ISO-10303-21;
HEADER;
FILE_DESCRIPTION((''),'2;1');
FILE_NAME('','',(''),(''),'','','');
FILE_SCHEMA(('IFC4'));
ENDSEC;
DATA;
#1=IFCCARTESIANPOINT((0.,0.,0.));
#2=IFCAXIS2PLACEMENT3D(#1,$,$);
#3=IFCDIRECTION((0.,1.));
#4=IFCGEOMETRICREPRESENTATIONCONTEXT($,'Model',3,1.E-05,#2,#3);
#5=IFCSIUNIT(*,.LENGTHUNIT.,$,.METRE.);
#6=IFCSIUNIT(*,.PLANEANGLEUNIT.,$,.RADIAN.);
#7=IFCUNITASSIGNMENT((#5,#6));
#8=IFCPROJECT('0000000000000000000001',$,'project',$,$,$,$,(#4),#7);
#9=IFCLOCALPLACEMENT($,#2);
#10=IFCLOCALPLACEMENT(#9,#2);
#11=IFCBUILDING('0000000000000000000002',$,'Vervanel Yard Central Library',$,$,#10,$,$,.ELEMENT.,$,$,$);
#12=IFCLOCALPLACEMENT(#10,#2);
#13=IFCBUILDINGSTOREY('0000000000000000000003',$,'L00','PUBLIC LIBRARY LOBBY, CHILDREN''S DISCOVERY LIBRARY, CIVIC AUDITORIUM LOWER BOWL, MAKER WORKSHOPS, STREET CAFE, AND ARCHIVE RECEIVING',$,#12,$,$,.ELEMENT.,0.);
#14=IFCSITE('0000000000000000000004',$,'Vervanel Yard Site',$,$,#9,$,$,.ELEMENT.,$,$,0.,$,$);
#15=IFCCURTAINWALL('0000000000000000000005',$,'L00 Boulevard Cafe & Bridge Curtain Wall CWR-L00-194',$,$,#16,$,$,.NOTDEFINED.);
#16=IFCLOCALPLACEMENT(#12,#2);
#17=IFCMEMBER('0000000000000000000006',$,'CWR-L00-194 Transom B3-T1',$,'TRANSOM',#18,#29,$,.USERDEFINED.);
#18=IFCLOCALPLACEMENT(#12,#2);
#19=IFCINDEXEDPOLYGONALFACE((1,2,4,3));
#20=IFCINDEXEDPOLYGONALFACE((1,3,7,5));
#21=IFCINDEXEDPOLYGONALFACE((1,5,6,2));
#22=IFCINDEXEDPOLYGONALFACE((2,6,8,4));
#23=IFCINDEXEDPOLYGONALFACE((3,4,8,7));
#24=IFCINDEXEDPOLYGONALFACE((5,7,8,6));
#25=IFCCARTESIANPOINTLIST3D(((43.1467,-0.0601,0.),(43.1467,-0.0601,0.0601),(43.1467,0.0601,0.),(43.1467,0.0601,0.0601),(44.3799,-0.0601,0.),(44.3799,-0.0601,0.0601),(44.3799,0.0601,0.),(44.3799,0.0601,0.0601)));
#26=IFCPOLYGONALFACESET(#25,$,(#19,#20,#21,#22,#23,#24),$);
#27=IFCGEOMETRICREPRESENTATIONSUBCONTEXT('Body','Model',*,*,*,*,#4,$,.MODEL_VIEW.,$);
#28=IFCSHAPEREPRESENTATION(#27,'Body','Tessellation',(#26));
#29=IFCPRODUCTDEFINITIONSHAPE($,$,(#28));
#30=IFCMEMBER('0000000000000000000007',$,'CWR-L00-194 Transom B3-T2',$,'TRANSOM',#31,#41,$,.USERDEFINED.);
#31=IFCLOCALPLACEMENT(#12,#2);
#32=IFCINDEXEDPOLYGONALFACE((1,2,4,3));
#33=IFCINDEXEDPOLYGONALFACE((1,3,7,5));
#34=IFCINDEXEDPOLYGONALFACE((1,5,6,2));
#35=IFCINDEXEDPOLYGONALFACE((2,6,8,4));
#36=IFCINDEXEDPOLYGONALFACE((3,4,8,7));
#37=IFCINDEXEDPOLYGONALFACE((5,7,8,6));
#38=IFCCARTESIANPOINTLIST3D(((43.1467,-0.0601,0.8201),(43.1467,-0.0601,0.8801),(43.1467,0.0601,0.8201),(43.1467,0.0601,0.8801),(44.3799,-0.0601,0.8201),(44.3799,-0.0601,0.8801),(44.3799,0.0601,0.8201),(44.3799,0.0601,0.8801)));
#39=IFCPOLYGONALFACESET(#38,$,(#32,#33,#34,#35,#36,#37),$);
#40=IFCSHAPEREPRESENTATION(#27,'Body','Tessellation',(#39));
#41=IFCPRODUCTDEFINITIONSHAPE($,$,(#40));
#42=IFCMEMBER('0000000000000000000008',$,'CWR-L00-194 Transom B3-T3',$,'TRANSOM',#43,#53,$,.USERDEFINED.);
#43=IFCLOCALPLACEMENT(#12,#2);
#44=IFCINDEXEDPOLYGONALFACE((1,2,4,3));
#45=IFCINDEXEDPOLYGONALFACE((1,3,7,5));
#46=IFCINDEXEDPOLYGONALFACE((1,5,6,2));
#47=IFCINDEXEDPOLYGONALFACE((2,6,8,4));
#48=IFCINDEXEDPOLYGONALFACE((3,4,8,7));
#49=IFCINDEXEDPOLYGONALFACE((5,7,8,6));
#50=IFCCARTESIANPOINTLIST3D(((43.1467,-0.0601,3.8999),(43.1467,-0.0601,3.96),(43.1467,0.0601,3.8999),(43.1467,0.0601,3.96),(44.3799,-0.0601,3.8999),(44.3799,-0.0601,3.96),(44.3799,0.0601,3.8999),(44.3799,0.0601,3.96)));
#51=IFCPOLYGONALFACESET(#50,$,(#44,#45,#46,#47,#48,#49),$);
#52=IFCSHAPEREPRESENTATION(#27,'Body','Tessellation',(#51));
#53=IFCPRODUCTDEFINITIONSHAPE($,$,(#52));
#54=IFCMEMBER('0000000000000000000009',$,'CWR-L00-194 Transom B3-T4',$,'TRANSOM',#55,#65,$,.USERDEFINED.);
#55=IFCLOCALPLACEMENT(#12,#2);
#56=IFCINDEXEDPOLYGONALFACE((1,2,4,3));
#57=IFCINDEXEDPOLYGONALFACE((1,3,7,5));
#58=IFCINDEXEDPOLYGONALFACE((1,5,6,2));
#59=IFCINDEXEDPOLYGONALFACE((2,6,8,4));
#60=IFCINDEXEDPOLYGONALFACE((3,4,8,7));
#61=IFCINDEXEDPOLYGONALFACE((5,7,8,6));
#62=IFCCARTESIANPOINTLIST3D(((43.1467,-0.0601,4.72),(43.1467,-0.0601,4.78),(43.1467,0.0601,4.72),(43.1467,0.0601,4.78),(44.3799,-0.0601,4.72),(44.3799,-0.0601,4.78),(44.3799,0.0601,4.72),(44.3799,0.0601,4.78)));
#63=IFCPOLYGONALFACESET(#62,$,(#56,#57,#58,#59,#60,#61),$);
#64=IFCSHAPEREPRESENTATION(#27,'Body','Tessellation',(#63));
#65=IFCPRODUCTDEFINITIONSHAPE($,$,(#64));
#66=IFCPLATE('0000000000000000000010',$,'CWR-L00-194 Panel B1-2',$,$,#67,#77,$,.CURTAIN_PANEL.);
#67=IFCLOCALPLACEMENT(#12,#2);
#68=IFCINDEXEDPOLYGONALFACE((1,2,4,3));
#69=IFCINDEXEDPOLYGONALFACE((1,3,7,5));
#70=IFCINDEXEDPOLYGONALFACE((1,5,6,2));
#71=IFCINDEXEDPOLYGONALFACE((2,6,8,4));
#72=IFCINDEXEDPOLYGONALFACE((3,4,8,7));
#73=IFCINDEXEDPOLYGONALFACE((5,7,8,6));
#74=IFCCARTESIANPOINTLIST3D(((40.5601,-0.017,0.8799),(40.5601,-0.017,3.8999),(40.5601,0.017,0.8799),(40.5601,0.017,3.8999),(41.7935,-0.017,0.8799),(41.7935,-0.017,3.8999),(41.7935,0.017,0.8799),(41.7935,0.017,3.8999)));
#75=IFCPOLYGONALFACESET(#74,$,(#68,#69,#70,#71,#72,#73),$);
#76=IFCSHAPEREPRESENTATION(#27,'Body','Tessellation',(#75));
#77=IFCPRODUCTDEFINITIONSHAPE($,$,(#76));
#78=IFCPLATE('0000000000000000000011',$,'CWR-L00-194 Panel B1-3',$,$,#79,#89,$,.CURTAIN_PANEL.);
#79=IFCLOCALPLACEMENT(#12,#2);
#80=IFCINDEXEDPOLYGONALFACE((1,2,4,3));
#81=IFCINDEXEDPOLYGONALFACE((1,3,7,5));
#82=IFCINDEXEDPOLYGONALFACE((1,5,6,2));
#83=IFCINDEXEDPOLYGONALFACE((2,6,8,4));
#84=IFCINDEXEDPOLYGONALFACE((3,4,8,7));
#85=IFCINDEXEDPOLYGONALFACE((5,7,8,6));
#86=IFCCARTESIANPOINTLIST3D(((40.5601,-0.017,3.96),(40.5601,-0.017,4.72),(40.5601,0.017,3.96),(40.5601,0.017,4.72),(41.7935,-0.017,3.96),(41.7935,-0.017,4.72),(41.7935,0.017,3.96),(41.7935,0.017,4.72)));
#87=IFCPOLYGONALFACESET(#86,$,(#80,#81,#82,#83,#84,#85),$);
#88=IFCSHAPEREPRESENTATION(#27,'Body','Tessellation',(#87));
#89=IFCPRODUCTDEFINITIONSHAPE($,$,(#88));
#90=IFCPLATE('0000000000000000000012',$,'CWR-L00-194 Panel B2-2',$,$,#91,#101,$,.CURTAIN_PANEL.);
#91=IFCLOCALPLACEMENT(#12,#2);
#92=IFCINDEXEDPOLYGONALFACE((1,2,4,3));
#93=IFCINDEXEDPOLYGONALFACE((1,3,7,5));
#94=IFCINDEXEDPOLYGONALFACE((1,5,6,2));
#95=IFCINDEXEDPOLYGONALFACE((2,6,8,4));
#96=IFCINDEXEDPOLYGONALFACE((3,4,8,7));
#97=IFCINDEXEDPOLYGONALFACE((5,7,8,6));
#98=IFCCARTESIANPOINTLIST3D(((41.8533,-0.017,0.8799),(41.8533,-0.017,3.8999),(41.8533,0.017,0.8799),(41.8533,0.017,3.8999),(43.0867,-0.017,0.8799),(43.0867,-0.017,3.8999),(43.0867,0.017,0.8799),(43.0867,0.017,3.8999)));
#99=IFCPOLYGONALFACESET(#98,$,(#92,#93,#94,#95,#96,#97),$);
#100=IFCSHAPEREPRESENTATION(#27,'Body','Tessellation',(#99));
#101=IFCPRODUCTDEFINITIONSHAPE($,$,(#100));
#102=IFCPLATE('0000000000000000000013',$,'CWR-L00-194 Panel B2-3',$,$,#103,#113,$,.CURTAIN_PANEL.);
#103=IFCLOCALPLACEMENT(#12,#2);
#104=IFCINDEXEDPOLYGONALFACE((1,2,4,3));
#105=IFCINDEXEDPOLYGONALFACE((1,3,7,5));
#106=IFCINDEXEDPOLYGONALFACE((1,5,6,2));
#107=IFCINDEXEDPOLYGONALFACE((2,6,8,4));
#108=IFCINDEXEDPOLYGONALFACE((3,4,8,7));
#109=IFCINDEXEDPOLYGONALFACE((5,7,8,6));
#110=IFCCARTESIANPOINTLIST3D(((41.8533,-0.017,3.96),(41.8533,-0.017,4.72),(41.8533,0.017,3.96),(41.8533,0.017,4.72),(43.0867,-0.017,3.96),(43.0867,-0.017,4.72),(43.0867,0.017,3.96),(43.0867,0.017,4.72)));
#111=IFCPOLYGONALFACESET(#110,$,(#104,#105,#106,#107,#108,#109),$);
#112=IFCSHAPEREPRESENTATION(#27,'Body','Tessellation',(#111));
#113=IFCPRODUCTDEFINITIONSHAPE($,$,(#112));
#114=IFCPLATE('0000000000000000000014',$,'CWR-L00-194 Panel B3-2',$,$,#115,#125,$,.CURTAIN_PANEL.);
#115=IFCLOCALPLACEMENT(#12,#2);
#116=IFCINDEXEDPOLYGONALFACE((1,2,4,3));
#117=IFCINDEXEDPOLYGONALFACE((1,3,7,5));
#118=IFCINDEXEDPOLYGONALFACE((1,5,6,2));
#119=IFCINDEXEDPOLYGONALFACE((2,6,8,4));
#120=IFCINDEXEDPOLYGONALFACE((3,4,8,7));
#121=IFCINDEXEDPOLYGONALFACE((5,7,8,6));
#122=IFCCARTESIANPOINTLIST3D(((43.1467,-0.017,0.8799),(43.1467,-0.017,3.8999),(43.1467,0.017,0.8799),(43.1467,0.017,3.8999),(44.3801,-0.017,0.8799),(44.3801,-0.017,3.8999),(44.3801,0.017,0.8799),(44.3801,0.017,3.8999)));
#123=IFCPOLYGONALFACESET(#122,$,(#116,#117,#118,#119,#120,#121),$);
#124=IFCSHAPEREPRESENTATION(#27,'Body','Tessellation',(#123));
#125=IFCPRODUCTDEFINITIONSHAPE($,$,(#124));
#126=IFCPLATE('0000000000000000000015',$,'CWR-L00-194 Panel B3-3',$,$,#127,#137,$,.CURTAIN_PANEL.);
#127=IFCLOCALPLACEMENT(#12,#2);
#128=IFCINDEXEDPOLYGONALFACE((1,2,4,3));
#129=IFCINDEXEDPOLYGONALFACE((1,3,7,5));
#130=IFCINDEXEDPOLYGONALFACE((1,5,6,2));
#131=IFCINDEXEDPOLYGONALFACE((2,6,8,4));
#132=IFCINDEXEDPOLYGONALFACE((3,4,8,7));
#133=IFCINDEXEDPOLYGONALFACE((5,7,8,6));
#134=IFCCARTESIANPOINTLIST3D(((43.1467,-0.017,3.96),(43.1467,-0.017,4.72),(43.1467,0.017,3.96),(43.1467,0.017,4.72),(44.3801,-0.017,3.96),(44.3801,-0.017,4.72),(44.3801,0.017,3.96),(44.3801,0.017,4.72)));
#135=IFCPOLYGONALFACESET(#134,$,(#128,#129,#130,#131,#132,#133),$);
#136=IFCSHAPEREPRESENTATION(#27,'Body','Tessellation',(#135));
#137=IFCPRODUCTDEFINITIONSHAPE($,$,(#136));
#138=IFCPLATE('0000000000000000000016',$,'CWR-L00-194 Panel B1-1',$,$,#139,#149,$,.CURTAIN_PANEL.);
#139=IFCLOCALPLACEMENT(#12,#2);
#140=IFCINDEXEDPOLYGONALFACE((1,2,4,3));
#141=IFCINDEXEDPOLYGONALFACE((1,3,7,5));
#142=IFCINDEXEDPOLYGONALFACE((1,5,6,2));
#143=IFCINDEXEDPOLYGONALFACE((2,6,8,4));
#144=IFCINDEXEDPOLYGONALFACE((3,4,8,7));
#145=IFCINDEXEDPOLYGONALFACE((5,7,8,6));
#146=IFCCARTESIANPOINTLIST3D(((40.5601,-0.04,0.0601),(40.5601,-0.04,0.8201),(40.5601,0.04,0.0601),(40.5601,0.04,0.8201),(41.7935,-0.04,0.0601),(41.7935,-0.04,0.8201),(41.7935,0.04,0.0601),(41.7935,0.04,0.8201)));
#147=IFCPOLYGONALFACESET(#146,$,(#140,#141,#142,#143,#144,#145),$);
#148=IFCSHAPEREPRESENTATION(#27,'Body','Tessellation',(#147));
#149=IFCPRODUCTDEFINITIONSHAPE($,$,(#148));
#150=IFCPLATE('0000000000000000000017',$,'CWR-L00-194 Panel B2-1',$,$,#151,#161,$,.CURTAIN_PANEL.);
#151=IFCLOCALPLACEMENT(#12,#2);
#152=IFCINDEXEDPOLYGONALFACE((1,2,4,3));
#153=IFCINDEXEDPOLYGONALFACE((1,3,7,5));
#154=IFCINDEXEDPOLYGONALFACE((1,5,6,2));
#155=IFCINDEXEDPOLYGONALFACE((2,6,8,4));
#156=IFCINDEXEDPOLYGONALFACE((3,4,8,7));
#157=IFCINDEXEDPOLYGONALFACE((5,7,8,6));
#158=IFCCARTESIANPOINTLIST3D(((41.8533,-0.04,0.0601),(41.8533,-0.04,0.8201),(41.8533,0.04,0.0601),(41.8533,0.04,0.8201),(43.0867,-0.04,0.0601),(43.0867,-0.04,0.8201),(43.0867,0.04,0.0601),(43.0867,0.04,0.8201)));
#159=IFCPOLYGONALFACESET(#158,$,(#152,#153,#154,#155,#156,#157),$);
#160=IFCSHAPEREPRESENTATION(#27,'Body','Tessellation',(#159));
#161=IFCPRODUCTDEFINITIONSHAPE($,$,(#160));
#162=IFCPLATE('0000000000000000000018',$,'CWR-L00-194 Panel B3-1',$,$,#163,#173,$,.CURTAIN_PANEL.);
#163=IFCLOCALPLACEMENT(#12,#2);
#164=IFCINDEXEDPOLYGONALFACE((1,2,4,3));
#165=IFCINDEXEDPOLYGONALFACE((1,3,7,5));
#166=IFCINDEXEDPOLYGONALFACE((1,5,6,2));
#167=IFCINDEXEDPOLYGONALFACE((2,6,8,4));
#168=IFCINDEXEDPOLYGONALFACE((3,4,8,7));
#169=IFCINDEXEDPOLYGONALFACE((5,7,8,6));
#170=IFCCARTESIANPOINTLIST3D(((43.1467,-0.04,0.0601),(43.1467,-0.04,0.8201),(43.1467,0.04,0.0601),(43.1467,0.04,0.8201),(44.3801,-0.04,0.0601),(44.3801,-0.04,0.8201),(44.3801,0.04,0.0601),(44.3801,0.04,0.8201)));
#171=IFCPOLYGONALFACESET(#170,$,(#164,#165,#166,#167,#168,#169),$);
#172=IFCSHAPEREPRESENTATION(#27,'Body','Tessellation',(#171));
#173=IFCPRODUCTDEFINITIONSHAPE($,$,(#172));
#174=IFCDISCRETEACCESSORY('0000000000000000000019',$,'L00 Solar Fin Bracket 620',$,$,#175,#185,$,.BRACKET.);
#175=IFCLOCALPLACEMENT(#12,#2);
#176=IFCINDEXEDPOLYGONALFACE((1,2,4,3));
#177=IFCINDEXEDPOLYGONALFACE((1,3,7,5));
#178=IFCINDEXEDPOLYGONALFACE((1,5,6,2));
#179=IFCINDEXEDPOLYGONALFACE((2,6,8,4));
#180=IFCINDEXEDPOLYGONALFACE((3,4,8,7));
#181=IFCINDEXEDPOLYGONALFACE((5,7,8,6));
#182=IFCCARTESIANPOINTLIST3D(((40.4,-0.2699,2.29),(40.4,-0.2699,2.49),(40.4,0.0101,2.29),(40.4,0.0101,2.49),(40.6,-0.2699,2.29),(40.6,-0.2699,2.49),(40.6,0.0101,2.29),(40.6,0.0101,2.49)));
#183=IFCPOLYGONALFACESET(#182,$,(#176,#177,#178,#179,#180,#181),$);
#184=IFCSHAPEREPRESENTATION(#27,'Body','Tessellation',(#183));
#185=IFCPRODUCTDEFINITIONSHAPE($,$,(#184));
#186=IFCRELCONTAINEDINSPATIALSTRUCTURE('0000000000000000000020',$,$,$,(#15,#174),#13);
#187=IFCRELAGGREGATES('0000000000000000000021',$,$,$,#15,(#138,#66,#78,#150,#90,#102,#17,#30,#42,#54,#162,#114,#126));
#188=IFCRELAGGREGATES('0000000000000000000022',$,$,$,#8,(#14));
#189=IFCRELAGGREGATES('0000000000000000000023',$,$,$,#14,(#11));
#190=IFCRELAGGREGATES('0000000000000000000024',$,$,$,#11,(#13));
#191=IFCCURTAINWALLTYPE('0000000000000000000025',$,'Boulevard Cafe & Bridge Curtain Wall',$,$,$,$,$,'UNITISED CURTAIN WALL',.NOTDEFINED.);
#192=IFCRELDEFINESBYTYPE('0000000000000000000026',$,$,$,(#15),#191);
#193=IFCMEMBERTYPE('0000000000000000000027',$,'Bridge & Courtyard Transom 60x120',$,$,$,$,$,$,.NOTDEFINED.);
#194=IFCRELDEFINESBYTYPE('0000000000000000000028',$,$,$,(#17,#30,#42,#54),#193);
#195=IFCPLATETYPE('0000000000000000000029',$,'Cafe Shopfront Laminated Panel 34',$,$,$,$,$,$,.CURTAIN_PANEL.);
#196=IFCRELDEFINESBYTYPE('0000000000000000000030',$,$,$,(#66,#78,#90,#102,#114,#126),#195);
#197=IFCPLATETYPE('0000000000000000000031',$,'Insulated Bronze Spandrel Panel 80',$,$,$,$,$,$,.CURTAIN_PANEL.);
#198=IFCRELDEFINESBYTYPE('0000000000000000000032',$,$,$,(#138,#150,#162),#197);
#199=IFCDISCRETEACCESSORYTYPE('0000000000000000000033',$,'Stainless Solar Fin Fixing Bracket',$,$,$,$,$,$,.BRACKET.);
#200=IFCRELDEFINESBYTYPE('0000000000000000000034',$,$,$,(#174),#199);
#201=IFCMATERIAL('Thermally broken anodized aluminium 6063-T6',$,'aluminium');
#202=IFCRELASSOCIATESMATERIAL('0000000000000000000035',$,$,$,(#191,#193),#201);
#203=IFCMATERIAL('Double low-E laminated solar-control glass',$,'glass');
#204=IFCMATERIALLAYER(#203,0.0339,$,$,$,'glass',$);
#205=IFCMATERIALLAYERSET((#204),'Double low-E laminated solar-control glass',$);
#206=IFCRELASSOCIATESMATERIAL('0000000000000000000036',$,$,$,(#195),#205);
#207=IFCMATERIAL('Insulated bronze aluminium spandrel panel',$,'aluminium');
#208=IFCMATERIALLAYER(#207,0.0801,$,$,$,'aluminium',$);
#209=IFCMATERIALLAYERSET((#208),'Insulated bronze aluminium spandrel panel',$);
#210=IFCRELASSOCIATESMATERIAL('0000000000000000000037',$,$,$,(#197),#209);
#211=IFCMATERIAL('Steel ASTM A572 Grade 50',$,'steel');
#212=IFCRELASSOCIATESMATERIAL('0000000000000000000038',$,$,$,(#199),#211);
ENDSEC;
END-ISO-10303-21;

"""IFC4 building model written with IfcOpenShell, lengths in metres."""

from ifc_helpers import new_model, si_unit, direction, frame, origin, origin_2d, place, context, subcontext, project, spatial, rectangle, extrude, material, layer, layer_set, material_profile, profile_set, type_object, element, aggregate, save


model = new_model("IFC4")

# Units and contexts
model_context = context("Model", 3, precision=1e-05, world=origin(), true_north=direction((0.0, 1.0)))
body_context = subcontext(model_context, "Body", "Model", "MODEL_VIEW")
ifc_project = project(units=[si_unit("LENGTHUNIT", "METRE"), si_unit("PLANEANGLEUNIT", "RADIAN")], contexts=[model_context])

# Site, building, storey
site_placement = place(None, origin())
site = spatial("IfcSite", under=ifc_project, at=site_placement, Name="Vervanel Yard Site", CompositionType="ELEMENT", RefElevation=0.0)
building_placement = place(site_placement, origin())
building = spatial("IfcBuilding", under=site, at=building_placement, Name="Vervanel Yard Central Library", CompositionType="ELEMENT")
storey_placement = place(building_placement, origin())
storey = spatial("IfcBuildingStorey", under=building, at=storey_placement, Name="L00", Description="PUBLIC LIBRARY LOBBY, CHILDREN'S DISCOVERY LIBRARY, CIVIC AUDITORIUM LOWER BOWL, MAKER WORKSHOPS, STREET CAFE, AND ARCHIVE RECEIVING", CompositionType="ELEMENT", Elevation=0.0)

# Curtain wall, members, plates
ifc_material_1 = material(Name="Thermally broken anodized aluminium 6063-T6", Category="aluminium")
curtain_wall_type = type_object("IfcCurtainWallType", Name="Boulevard Cafe & Bridge Curtain Wall", ElementType="UNITISED CURTAIN WALL", PredefinedType="NOTDEFINED", material=ifc_material_1)
curtain_wall_placement = place(storey_placement, origin())
curtain_wall = element("IfcCurtainWall", 1, at=curtain_wall_placement, inside=storey, type_object=curtain_wall_type, Name="L00 Boulevard Cafe & Bridge Curtain Wall CWR-L00-194", PredefinedType="NOTDEFINED")
ifc_material_profile_1 = material_profile(ifc_material_1, rectangle(XDim=0.0601, YDim=0.1201, at=origin_2d()), Name="ALU 60x120", Category="aluminium")
ifc_profile_set_1 = profile_set([ifc_material_profile_1], Name="Thermally broken anodized aluminium 6063-T6")
member_type_1 = type_object("IfcMemberType", Name="Bridge & Courtyard Transom 60x120", PredefinedType="NOTDEFINED", material=ifc_profile_set_1)
member_1_placement = place(storey_placement, frame((43.1467, 0.0, 0.03), z_axis=(1.0, 0.0, 0.0), x_axis=(0.0, 0.0, 1.0)))
member_1 = element("IfcMember", 2, at=member_1_placement, type_object=member_type_1, Name="CWR-L00-194 Transom B3-T1", ObjectType="TRANSOM", PredefinedType="USERDEFINED", context=body_context, shape_type="SweptSolid", body=[
    extrude(rectangle(XDim=0.0601, YDim=0.1201, at=origin_2d()), origin(), (0.0, 0.0, 1.0), 1.2332),
])
member_2_placement = place(storey_placement, frame((43.1467, 0.0, 0.8501), z_axis=(1.0, 0.0, 0.0), x_axis=(0.0, 0.0, 1.0)))
member_2 = element("IfcMember", 3, at=member_2_placement, type_object=member_type_1, Name="CWR-L00-194 Transom B3-T2", ObjectType="TRANSOM", PredefinedType="USERDEFINED", context=body_context, shape_type="SweptSolid", body=[
    extrude(rectangle(XDim=0.0601, YDim=0.1201, at=origin_2d()), origin(), (0.0, 0.0, 1.0), 1.2332),
])
member_3_placement = place(storey_placement, frame((43.1467, 0.0, 3.9299), z_axis=(1.0, 0.0, 0.0), x_axis=(0.0, 0.0, 1.0)))
member_3 = element("IfcMember", 4, at=member_3_placement, type_object=member_type_1, Name="CWR-L00-194 Transom B3-T3", ObjectType="TRANSOM", PredefinedType="USERDEFINED", context=body_context, shape_type="SweptSolid", body=[
    extrude(rectangle(XDim=0.0601, YDim=0.1201, at=origin_2d()), origin(), (0.0, 0.0, 1.0), 1.2332),
])
member_4_placement = place(storey_placement, frame((43.1467, 0.0, 4.75), z_axis=(1.0, 0.0, 0.0), x_axis=(0.0, 0.0, 1.0)))
member_4 = element("IfcMember", 5, at=member_4_placement, type_object=member_type_1, Name="CWR-L00-194 Transom B3-T4", ObjectType="TRANSOM", PredefinedType="USERDEFINED", context=body_context, shape_type="SweptSolid", body=[
    extrude(rectangle(XDim=0.0601, YDim=0.1201, at=origin_2d()), origin(), (0.0, 0.0, 1.0), 1.2332),
])
ifc_material_2 = material(Name="Double low-E laminated solar-control glass", Category="glass")
ifc_layer_1 = layer(ifc_material_2, 0.0339, Category="glass")
ifc_layer_set_1 = layer_set([ifc_layer_1], Name="Double low-E laminated solar-control glass")
plate_type_1 = type_object("IfcPlateType", Name="Cafe Shopfront Laminated Panel 34", PredefinedType="CURTAIN_PANEL", material=ifc_layer_set_1)
plate_1_placement = place(storey_placement, frame((41.1768, 0.0, 0.8799), z_axis=(0.0, 0.0, 1.0), x_axis=(1.0, 0.0, 0.0)))
plate_1 = element("IfcPlate", 6, at=plate_1_placement, type_object=plate_type_1, Name="CWR-L00-194 Panel B1-2", PredefinedType="CURTAIN_PANEL", context=body_context, shape_type="SweptSolid", body=[
    extrude(rectangle(XDim=1.2334, YDim=0.0339, at=origin_2d()), origin(), (0.0, 0.0, 1.0), 3.02),
])
plate_2_placement = place(storey_placement, frame((41.1768, 0.0, 3.96), z_axis=(0.0, 0.0, 1.0), x_axis=(1.0, 0.0, 0.0)))
plate_2 = element("IfcPlate", 7, at=plate_2_placement, type_object=plate_type_1, Name="CWR-L00-194 Panel B1-3", PredefinedType="CURTAIN_PANEL", context=body_context, shape_type="SweptSolid", body=[
    extrude(rectangle(XDim=1.2334, YDim=0.0339, at=origin_2d()), origin(), (0.0, 0.0, 1.0), 0.76),
])
plate_3_placement = place(storey_placement, frame((42.47, 0.0, 0.8799), z_axis=(0.0, 0.0, 1.0), x_axis=(1.0, 0.0, 0.0)))
plate_3 = element("IfcPlate", 8, at=plate_3_placement, type_object=plate_type_1, Name="CWR-L00-194 Panel B2-2", PredefinedType="CURTAIN_PANEL", context=body_context, shape_type="SweptSolid", body=[
    extrude(rectangle(XDim=1.2334, YDim=0.0339, at=origin_2d()), origin(), (0.0, 0.0, 1.0), 3.02),
])
plate_4_placement = place(storey_placement, frame((42.47, 0.0, 3.96), z_axis=(0.0, 0.0, 1.0), x_axis=(1.0, 0.0, 0.0)))
plate_4 = element("IfcPlate", 9, at=plate_4_placement, type_object=plate_type_1, Name="CWR-L00-194 Panel B2-3", PredefinedType="CURTAIN_PANEL", context=body_context, shape_type="SweptSolid", body=[
    extrude(rectangle(XDim=1.2334, YDim=0.0339, at=origin_2d()), origin(), (0.0, 0.0, 1.0), 0.76),
])
plate_5_placement = place(storey_placement, frame((43.7634, 0.0, 0.8799), z_axis=(0.0, 0.0, 1.0), x_axis=(1.0, 0.0, 0.0)))
plate_5 = element("IfcPlate", 10, at=plate_5_placement, type_object=plate_type_1, Name="CWR-L00-194 Panel B3-2", PredefinedType="CURTAIN_PANEL", context=body_context, shape_type="SweptSolid", body=[
    extrude(rectangle(XDim=1.2334, YDim=0.0339, at=origin_2d()), origin(), (0.0, 0.0, 1.0), 3.02),
])
plate_6_placement = place(storey_placement, frame((43.7634, 0.0, 3.96), z_axis=(0.0, 0.0, 1.0), x_axis=(1.0, 0.0, 0.0)))
plate_6 = element("IfcPlate", 11, at=plate_6_placement, type_object=plate_type_1, Name="CWR-L00-194 Panel B3-3", PredefinedType="CURTAIN_PANEL", context=body_context, shape_type="SweptSolid", body=[
    extrude(rectangle(XDim=1.2334, YDim=0.0339, at=origin_2d()), origin(), (0.0, 0.0, 1.0), 0.76),
])
ifc_material_3 = material(Name="Insulated bronze aluminium spandrel panel", Category="aluminium")
ifc_layer_2 = layer(ifc_material_3, 0.0801, Category="aluminium")
ifc_layer_set_2 = layer_set([ifc_layer_2], Name="Insulated bronze aluminium spandrel panel")
plate_type_2 = type_object("IfcPlateType", Name="Insulated Bronze Spandrel Panel 80", PredefinedType="CURTAIN_PANEL", material=ifc_layer_set_2)
plate_7_placement = place(storey_placement, frame((41.1768, 0.0, 0.0601), z_axis=(0.0, 0.0, 1.0), x_axis=(1.0, 0.0, 0.0)))
plate_7 = element("IfcPlate", 12, at=plate_7_placement, type_object=plate_type_2, Name="CWR-L00-194 Panel B1-1", PredefinedType="CURTAIN_PANEL", context=body_context, shape_type="SweptSolid", body=[
    extrude(rectangle(XDim=1.2334, YDim=0.0801, at=origin_2d()), origin(), (0.0, 0.0, 1.0), 0.76),
])
plate_8_placement = place(storey_placement, frame((42.47, 0.0, 0.0601), z_axis=(0.0, 0.0, 1.0), x_axis=(1.0, 0.0, 0.0)))
plate_8 = element("IfcPlate", 13, at=plate_8_placement, type_object=plate_type_2, Name="CWR-L00-194 Panel B2-1", PredefinedType="CURTAIN_PANEL", context=body_context, shape_type="SweptSolid", body=[
    extrude(rectangle(XDim=1.2334, YDim=0.0801, at=origin_2d()), origin(), (0.0, 0.0, 1.0), 0.76),
])
plate_9_placement = place(storey_placement, frame((43.7634, 0.0, 0.0601), z_axis=(0.0, 0.0, 1.0), x_axis=(1.0, 0.0, 0.0)))
plate_9 = element("IfcPlate", 14, at=plate_9_placement, type_object=plate_type_2, Name="CWR-L00-194 Panel B3-1", PredefinedType="CURTAIN_PANEL", context=body_context, shape_type="SweptSolid", body=[
    extrude(rectangle(XDim=1.2334, YDim=0.0801, at=origin_2d()), origin(), (0.0, 0.0, 1.0), 0.76),
])
aggregate(curtain_wall, [plate_7, plate_1, plate_2, plate_8, plate_3, plate_4, member_1, member_2, member_3, member_4, plate_9, plate_5, plate_6])

# Discrete accessory
ifc_material_4 = material(Name="Steel ASTM A572 Grade 50", Category="steel")
discrete_accessory_type = type_object("IfcDiscreteAccessoryType", Name="Stainless Solar Fin Fixing Bracket", PredefinedType="BRACKET", material=ifc_material_4)
discrete_accessory_placement = place(storey_placement, frame((40.5, -0.1299, 2.29), z_axis=(0.0, 0.0, 1.0), x_axis=(1.0, 0.0, 0.0)))
element("IfcDiscreteAccessory", 15, at=discrete_accessory_placement, inside=storey, type_object=discrete_accessory_type, Name="L00 Solar Fin Bracket 620", PredefinedType="BRACKET", context=body_context, shape_type="SweptSolid", body=[
    extrude(rectangle(XDim=0.2, YDim=0.28, at=origin_2d()), origin(), (0.0, 0.0, 1.0), 0.2),
])

save(model, "model.ifc")
